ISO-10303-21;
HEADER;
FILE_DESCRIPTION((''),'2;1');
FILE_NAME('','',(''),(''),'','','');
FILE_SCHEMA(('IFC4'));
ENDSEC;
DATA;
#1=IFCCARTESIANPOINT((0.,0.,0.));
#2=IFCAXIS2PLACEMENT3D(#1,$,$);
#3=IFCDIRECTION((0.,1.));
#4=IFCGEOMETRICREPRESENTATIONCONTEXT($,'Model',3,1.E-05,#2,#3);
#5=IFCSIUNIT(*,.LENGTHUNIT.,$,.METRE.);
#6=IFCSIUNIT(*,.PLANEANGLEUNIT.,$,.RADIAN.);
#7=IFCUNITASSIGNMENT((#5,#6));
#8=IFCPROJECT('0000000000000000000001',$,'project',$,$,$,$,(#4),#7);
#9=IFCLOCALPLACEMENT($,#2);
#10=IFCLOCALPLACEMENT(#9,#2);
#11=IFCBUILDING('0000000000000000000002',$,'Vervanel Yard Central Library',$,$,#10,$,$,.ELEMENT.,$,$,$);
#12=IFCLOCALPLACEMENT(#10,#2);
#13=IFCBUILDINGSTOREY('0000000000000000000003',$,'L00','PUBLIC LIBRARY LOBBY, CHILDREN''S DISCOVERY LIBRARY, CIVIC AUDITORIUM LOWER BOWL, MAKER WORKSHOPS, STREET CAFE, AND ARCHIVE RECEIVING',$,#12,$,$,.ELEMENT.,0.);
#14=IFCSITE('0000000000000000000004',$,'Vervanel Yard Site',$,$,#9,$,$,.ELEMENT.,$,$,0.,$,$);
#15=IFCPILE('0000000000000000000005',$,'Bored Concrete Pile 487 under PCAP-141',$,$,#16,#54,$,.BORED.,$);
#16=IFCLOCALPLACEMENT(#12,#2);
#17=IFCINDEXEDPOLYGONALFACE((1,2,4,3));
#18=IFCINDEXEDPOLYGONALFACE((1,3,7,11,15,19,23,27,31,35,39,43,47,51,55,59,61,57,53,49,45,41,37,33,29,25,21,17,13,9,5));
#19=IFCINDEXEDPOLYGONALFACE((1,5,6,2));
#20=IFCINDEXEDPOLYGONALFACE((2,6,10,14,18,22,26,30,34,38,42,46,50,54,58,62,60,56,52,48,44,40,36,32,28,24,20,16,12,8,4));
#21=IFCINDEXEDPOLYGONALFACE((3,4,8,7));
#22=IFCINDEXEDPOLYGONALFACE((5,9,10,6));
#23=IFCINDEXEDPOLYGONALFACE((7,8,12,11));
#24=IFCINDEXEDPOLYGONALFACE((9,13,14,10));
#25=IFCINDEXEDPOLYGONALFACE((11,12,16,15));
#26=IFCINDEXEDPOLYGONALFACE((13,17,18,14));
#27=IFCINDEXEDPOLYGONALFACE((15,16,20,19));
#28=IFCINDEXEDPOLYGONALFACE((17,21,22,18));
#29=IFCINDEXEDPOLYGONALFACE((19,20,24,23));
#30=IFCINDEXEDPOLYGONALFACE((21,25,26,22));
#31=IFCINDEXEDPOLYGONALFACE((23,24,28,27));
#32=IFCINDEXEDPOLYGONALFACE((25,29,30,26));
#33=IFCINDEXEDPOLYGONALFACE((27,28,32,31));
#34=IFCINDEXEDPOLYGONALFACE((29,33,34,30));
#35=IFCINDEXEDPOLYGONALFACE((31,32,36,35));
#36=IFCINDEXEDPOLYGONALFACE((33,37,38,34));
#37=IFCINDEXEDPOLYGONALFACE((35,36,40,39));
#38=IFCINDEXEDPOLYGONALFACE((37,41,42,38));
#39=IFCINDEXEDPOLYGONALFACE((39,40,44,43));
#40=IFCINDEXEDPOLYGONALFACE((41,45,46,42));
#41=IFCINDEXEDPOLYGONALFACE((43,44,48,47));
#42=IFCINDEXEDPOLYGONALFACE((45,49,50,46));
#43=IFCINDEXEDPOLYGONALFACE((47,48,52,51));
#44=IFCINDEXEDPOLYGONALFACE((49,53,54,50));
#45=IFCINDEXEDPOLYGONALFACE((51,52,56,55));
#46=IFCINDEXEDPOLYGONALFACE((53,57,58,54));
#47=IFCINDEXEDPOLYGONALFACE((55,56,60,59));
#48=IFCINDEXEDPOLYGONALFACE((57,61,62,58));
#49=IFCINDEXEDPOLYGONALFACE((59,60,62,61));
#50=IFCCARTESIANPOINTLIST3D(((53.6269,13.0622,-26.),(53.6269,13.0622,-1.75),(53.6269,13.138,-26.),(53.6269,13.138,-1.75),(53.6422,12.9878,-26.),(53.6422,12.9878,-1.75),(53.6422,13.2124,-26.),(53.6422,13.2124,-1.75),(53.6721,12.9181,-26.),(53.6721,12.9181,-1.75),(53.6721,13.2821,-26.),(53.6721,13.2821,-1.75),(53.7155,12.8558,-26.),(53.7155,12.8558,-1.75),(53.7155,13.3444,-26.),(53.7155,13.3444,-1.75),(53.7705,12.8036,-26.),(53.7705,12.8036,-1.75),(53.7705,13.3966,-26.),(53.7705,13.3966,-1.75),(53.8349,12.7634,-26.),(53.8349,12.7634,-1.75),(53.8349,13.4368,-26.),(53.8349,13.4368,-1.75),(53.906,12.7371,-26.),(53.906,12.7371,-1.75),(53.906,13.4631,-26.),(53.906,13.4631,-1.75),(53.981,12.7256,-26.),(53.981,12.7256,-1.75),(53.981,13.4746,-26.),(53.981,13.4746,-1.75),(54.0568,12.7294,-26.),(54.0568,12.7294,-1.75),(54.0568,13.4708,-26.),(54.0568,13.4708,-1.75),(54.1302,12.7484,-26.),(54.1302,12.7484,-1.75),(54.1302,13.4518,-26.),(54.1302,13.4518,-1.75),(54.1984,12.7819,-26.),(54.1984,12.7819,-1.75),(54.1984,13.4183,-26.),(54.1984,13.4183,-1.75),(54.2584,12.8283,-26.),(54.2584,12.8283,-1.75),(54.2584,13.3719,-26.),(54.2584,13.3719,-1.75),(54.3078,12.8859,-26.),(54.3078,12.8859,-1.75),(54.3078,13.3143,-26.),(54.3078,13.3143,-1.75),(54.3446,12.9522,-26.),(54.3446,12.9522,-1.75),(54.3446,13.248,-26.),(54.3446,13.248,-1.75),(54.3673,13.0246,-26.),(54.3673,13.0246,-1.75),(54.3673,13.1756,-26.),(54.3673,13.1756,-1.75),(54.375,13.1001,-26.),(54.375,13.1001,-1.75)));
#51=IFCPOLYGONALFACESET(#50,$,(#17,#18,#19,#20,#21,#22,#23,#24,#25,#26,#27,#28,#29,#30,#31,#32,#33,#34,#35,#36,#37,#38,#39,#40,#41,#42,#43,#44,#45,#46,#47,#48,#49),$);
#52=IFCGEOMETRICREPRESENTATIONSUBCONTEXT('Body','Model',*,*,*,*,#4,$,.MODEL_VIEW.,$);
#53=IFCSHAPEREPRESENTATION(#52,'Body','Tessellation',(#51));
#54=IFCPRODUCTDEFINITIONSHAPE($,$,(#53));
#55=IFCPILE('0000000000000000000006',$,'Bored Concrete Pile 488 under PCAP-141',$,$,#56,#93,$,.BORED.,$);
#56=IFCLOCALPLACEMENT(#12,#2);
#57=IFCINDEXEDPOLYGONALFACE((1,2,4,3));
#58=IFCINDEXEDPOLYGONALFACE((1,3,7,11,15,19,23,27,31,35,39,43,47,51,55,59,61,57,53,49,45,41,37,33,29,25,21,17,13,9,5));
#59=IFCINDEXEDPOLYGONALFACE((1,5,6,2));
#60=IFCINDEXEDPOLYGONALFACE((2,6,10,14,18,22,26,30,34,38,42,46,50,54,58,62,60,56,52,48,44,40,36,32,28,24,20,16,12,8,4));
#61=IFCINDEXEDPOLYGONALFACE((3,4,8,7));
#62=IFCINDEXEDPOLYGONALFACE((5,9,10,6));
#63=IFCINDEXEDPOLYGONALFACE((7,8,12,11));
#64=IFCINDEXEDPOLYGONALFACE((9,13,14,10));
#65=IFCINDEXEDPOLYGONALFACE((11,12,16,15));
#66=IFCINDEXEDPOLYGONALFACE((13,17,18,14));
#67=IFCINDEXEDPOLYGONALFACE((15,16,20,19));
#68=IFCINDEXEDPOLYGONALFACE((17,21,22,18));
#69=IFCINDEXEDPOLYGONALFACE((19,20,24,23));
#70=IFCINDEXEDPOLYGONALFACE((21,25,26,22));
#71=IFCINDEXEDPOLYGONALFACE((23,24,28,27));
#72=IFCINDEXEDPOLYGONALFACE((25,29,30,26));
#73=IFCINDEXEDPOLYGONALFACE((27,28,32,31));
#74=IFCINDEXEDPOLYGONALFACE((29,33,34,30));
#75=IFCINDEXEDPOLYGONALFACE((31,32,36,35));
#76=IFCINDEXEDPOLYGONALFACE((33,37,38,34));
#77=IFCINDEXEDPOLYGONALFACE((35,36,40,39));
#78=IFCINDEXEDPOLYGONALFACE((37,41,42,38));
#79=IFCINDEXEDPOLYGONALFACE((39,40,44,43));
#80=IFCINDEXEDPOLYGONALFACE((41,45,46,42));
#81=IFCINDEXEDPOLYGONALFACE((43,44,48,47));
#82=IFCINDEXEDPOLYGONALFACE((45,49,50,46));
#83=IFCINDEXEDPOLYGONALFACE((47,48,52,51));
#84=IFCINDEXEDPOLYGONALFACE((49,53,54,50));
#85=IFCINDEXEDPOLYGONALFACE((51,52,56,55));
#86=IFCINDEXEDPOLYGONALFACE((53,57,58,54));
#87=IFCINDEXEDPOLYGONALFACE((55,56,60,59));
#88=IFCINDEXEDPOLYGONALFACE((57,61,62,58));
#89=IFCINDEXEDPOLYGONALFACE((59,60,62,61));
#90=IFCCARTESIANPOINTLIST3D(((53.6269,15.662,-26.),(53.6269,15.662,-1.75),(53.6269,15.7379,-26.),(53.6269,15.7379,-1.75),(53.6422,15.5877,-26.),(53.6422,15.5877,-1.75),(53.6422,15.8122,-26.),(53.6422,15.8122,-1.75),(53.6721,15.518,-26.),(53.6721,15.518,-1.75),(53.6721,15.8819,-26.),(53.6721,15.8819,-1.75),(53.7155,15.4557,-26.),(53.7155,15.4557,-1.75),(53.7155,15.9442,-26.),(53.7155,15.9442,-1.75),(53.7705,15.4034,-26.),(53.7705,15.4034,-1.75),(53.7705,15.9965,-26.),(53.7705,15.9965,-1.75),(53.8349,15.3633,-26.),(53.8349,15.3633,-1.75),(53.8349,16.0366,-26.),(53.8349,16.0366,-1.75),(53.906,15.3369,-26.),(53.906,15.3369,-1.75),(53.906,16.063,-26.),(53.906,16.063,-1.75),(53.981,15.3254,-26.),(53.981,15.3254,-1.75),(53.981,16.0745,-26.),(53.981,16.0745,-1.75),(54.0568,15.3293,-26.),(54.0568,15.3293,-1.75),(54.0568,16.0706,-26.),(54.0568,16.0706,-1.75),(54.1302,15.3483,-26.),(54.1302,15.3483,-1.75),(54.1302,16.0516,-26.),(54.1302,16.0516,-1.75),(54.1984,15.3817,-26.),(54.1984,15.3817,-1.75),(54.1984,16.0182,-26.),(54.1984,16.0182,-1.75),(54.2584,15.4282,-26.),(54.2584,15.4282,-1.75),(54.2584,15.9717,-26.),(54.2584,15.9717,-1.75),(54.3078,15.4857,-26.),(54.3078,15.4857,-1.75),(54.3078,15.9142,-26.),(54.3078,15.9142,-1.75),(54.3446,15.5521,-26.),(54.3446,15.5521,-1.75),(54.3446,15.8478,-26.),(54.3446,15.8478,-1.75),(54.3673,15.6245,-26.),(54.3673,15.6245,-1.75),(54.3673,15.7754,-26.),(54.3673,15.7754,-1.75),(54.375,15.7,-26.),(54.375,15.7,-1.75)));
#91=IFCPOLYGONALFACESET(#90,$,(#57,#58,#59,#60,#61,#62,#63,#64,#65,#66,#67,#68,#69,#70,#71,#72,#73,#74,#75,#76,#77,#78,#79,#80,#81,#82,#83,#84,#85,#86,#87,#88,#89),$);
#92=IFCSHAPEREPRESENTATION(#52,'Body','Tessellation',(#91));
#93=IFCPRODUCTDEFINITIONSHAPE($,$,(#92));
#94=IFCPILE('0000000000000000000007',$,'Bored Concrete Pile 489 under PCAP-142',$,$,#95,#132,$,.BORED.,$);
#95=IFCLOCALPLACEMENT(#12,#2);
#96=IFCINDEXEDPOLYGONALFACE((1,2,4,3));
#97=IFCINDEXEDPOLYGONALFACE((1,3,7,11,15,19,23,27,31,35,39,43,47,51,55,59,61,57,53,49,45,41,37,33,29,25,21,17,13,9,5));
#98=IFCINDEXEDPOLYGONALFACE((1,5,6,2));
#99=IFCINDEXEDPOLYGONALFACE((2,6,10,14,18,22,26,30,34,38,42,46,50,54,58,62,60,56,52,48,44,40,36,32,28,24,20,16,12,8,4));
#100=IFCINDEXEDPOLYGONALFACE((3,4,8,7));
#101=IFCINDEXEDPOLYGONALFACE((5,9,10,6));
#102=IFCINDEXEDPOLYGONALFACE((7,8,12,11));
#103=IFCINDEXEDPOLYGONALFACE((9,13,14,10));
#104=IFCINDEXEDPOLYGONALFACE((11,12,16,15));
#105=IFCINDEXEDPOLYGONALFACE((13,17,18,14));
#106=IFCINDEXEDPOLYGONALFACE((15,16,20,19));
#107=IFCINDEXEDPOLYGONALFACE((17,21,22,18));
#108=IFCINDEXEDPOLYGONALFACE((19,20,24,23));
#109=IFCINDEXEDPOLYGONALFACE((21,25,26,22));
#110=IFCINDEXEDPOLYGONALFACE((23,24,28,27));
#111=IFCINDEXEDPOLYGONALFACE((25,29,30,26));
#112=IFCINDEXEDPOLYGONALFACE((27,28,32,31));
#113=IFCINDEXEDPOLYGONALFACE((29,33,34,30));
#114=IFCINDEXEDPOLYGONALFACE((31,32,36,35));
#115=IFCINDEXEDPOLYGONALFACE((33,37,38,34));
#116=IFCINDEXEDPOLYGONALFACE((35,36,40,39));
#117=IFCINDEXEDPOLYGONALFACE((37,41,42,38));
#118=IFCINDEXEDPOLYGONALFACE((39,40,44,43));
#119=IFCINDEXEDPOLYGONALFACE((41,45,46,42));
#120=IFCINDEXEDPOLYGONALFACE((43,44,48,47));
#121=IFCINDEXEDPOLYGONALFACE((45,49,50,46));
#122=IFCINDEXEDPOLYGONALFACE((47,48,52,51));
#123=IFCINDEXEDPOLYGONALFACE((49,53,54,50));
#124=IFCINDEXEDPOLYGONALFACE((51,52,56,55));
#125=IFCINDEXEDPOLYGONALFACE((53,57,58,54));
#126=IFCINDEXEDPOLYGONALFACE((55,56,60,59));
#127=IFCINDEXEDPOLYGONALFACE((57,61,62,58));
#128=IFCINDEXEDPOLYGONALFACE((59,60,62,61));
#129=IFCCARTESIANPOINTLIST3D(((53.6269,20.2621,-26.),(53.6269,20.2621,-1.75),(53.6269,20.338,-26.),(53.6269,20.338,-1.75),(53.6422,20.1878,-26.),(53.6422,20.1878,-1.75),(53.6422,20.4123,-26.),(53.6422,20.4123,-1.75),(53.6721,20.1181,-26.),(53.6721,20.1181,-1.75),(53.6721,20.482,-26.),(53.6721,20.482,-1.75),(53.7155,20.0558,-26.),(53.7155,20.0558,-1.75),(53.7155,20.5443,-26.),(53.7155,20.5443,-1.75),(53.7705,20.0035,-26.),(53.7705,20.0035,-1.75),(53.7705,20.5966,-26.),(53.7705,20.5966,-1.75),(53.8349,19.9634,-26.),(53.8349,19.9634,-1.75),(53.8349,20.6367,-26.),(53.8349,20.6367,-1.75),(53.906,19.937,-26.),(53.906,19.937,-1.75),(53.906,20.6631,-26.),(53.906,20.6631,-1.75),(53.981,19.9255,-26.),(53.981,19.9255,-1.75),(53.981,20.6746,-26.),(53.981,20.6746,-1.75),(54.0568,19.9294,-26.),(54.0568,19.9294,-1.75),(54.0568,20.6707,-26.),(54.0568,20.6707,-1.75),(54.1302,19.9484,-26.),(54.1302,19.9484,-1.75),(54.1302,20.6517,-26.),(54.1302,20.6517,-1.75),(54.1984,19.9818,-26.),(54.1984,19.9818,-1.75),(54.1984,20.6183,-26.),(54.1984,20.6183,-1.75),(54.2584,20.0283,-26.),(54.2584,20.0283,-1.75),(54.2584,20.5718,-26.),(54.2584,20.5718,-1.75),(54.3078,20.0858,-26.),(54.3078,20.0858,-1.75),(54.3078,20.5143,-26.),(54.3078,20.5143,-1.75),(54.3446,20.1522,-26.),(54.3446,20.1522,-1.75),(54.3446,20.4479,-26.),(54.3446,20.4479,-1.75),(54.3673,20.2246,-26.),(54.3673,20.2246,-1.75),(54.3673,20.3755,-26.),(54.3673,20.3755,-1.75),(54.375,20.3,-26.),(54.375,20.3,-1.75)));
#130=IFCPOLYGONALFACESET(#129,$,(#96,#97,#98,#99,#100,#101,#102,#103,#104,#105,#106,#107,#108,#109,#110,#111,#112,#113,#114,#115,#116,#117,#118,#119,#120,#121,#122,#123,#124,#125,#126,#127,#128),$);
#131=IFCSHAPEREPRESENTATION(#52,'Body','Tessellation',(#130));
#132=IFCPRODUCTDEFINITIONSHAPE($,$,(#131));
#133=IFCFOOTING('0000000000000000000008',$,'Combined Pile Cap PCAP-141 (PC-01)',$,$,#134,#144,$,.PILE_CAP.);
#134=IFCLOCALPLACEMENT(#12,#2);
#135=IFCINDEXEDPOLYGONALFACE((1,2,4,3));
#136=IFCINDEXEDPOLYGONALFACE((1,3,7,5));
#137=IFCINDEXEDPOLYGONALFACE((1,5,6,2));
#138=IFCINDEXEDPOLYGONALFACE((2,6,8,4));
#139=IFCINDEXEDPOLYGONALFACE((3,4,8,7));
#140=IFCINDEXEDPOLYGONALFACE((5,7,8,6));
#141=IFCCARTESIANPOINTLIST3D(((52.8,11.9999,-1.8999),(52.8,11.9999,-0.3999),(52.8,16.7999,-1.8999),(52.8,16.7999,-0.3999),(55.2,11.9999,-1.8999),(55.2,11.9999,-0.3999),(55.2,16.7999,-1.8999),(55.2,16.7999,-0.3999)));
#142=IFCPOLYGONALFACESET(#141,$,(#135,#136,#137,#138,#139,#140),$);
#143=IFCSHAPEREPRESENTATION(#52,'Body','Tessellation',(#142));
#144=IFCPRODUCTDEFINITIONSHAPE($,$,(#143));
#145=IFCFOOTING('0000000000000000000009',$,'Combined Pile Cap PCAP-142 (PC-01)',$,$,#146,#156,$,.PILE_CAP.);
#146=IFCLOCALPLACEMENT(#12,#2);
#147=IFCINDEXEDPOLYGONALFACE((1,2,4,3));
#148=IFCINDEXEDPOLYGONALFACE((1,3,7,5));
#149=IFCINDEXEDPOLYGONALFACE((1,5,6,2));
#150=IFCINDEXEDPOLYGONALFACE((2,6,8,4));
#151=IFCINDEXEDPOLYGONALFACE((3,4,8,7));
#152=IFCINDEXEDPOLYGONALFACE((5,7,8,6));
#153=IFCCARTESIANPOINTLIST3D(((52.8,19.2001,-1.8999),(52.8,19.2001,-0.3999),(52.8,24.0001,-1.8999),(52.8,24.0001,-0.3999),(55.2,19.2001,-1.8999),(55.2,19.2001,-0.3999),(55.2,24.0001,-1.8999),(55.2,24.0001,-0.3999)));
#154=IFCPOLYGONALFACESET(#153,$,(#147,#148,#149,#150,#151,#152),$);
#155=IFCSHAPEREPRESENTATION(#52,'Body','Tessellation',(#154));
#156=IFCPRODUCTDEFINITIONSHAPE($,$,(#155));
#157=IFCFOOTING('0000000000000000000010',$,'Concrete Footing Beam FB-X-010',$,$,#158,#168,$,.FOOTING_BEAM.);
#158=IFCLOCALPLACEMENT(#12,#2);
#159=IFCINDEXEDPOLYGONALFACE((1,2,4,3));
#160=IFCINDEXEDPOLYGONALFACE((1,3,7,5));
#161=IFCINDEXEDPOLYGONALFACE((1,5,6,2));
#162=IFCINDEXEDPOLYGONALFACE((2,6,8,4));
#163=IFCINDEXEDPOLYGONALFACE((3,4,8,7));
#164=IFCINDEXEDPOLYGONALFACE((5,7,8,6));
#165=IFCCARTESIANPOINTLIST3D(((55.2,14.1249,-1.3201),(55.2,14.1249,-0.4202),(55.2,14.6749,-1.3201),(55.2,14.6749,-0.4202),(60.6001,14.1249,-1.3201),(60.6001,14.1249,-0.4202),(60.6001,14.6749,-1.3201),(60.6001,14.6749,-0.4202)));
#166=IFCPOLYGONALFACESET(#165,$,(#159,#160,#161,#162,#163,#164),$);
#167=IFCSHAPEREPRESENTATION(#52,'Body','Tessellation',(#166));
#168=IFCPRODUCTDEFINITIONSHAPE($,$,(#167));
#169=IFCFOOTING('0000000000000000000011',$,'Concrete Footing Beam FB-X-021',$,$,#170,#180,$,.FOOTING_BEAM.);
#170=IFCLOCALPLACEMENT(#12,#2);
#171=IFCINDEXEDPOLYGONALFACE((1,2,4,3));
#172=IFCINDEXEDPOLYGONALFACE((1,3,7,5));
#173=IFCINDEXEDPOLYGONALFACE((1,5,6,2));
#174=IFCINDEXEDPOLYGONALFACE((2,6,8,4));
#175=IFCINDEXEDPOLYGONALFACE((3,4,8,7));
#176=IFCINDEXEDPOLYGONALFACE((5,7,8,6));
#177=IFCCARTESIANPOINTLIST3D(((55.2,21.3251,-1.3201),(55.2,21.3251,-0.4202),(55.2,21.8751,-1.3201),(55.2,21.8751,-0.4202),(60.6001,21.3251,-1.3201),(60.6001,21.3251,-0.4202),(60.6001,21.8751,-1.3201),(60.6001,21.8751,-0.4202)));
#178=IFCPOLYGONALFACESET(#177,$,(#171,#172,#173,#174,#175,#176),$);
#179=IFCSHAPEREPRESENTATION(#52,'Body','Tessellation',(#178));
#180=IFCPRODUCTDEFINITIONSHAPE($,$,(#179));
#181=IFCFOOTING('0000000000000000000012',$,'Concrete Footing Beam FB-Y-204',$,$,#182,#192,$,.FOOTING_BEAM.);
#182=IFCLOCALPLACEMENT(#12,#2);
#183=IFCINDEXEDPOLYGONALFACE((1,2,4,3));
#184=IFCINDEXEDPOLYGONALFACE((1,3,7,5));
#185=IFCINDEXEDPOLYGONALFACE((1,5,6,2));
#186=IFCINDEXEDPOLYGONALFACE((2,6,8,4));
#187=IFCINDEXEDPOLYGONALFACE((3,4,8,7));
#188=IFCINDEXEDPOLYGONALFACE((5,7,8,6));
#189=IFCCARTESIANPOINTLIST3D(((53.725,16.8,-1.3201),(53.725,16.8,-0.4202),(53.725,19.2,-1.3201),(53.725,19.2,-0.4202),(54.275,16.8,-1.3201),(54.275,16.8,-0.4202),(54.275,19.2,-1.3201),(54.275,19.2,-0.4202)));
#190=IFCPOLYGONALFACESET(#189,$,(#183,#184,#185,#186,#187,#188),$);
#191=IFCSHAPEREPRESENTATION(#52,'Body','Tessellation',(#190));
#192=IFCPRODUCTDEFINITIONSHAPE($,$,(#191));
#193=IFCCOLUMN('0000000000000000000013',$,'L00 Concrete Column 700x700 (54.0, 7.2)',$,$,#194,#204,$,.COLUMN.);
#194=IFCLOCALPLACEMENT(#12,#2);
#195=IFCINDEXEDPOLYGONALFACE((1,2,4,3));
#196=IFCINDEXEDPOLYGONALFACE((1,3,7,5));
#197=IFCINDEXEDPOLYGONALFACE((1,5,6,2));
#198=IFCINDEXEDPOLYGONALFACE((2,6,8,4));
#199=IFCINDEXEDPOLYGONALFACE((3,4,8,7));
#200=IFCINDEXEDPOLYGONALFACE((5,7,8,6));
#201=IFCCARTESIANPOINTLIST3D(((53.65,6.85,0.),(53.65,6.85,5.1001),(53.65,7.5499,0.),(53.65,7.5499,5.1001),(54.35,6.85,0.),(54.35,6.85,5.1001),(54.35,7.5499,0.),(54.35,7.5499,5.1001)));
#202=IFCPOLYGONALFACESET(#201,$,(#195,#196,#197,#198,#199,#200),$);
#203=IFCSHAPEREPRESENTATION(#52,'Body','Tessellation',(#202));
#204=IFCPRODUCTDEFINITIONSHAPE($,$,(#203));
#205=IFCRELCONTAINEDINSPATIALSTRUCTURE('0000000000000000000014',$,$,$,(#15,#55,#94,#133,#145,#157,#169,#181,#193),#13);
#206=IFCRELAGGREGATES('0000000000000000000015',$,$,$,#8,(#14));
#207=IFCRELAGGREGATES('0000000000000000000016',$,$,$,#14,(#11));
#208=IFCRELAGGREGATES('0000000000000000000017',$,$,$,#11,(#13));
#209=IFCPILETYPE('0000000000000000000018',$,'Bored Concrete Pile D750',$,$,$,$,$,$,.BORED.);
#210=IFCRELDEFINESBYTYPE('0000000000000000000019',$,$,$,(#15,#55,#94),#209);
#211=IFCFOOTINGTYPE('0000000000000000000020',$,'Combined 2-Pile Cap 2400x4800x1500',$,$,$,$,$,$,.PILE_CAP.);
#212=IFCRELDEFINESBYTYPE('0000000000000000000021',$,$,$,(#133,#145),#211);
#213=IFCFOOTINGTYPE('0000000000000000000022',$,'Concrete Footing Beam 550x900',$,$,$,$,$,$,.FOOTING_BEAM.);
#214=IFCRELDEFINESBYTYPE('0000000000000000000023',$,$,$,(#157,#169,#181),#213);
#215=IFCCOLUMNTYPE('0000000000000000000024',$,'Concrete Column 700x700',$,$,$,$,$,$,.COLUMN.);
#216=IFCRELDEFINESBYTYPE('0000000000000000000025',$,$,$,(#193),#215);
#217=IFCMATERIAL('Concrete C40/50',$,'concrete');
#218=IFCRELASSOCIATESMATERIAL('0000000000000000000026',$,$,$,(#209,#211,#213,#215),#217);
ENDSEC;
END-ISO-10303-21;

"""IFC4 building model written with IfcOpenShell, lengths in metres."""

from ifc_helpers import new_model, si_unit, direction, frame, origin, origin_2d, place, context, subcontext, project, spatial, rectangle, circle, extrude, material, material_profile, profile_set, type_object, element, save


model = new_model("IFC4")

# Units and contexts
model_context = context("Model", 3, precision=1e-05, world=origin(), true_north=direction((0.0, 1.0)))
body_context = subcontext(model_context, "Body", "Model", "MODEL_VIEW")
ifc_project = project(units=[si_unit("LENGTHUNIT", "METRE"), si_unit("PLANEANGLEUNIT", "RADIAN")], contexts=[model_context])

# Site, building, storey
site_placement = place(None, origin())
site = spatial("IfcSite", under=ifc_project, at=site_placement, Name="Vervanel Yard Site", CompositionType="ELEMENT", RefElevation=0.0)
building_placement = place(site_placement, origin())
building = spatial("IfcBuilding", under=site, at=building_placement, Name="Vervanel Yard Central Library", CompositionType="ELEMENT")
storey_placement = place(building_placement, origin())
storey = spatial("IfcBuildingStorey", under=building, at=storey_placement, Name="L00", Description="PUBLIC LIBRARY LOBBY, CHILDREN'S DISCOVERY LIBRARY, CIVIC AUDITORIUM LOWER BOWL, MAKER WORKSHOPS, STREET CAFE, AND ARCHIVE RECEIVING", CompositionType="ELEMENT", Elevation=0.0)

# Piles
ifc_material_1 = material(Name="Concrete C40/50", Category="concrete")
ifc_material_profile_1 = material_profile(ifc_material_1, circle(Radius=0.375, at=origin_2d()), Name="BP D750", Category="concrete")
ifc_profile_set_1 = profile_set([ifc_material_profile_1], Name="Concrete C40/50")
pile_type = type_object("IfcPileType", Name="Bored Concrete Pile D750", PredefinedType="BORED", material=ifc_profile_set_1)
for number, where, z_axis, x_axis, name in (
    (1, (54.0, 13.1001, -1.75), (0.0, 0.0, -1.0), (1.0, 0.0, 0.0), "Bored Concrete Pile 487 under PCAP-141"),
    (2, (54.0, 15.7, -1.75), (0.0, 0.0, -1.0), (1.0, 0.0, 0.0), "Bored Concrete Pile 488 under PCAP-141"),
    (3, (54.0, 20.3, -1.75), (0.0, 0.0, -1.0), (1.0, 0.0, 0.0), "Bored Concrete Pile 489 under PCAP-142"),
):
    element("IfcPile", number, at=place(storey_placement, frame(where, z_axis=z_axis, x_axis=x_axis)), inside=storey, type_object=pile_type, Name=name, PredefinedType="BORED", context=body_context, shape_type="SweptSolid", body=[
        extrude(circle(Radius=0.375, at=origin_2d()), origin(), (0.0, 0.0, 1.0), 24.25),
    ])

# Footings
footing_type_1 = type_object("IfcFootingType", Name="Combined 2-Pile Cap 2400x4800x1500", PredefinedType="PILE_CAP", material=ifc_material_1)
for number, where, z_axis, x_axis, name in (
    (4, (54.0, 14.3999, -1.8999), (0.0, 0.0, 1.0), (1.0, 0.0, 0.0), "Combined Pile Cap PCAP-141 (PC-01)"),
    (5, (54.0, 21.6001, -1.8999), (0.0, 0.0, 1.0), (1.0, 0.0, 0.0), "Combined Pile Cap PCAP-142 (PC-01)"),
):
    element("IfcFooting", number, at=place(storey_placement, frame(where, z_axis=z_axis, x_axis=x_axis)), inside=storey, type_object=footing_type_1, Name=name, PredefinedType="PILE_CAP", context=body_context, shape_type="SweptSolid", body=[
        extrude(rectangle(XDim=2.3999, YDim=4.8, at=origin_2d()), origin(), (0.0, 0.0, 1.0), 1.5),
    ])
ifc_material_profile_2 = material_profile(ifc_material_1, rectangle(XDim=0.55, YDim=0.8999, at=origin_2d()), Name="RC 550x900", Category="concrete")
ifc_profile_set_2 = profile_set([ifc_material_profile_2], Name="Concrete C40/50")
footing_type_2 = type_object("IfcFootingType", Name="Concrete Footing Beam 550x900", PredefinedType="FOOTING_BEAM", material=ifc_profile_set_2)
for number, where, z_axis, x_axis, name in (
    (6, (55.2, 14.3999, -0.8701), (1.0, 0.0, 0.0), (0.0, 1.0, 0.0), "Concrete Footing Beam FB-X-010"),
    (7, (55.2, 21.6001, -0.8701), (1.0, 0.0, 0.0), (0.0, 1.0, 0.0), "Concrete Footing Beam FB-X-021"),
):
    element("IfcFooting", number, at=place(storey_placement, frame(where, z_axis=z_axis, x_axis=x_axis)), inside=storey, type_object=footing_type_2, Name=name, PredefinedType="FOOTING_BEAM", context=body_context, shape_type="SweptSolid", body=[
        extrude(rectangle(XDim=0.55, YDim=0.8999, at=origin_2d()), origin(), (0.0, 0.0, 1.0), 5.4001),
    ])
footing_placement = place(storey_placement, frame((54.0, 16.8, -0.8701), z_axis=(0.0, 1.0, 0.0), x_axis=(-1.0, 0.0, 0.0)))
element("IfcFooting", 8, at=footing_placement, inside=storey, type_object=footing_type_2, Name="Concrete Footing Beam FB-Y-204", PredefinedType="FOOTING_BEAM", context=body_context, shape_type="SweptSolid", body=[
    extrude(rectangle(XDim=0.55, YDim=0.8999, at=origin_2d()), origin(), (0.0, 0.0, 1.0), 2.3999),
])

# Column
ifc_material_profile_3 = material_profile(ifc_material_1, rectangle(XDim=0.7, YDim=0.7, at=origin_2d()), Name="RC 700x700", Category="concrete")
ifc_profile_set_3 = profile_set([ifc_material_profile_3], Name="Concrete C40/50")
column_type = type_object("IfcColumnType", Name="Concrete Column 700x700", PredefinedType="COLUMN", material=ifc_profile_set_3)
for number, where, z_axis, x_axis, name in (
    (9, (54.0, 7.2, 0.0), (0.0, 0.0, 1.0), (1.0, 0.0, 0.0), "L00 Concrete Column 700x700 (54.0, 7.2)"),
):
    element("IfcColumn", number, at=place(storey_placement, frame(where, z_axis=z_axis, x_axis=x_axis)), inside=storey, type_object=column_type, Name=name, PredefinedType="COLUMN", context=body_context, shape_type="SweptSolid", body=[
        extrude(rectangle(XDim=0.7, YDim=0.7, at=origin_2d()), origin(), (0.0, 0.0, 1.0), 5.1001),
    ])

save(model, "model.ifc")
